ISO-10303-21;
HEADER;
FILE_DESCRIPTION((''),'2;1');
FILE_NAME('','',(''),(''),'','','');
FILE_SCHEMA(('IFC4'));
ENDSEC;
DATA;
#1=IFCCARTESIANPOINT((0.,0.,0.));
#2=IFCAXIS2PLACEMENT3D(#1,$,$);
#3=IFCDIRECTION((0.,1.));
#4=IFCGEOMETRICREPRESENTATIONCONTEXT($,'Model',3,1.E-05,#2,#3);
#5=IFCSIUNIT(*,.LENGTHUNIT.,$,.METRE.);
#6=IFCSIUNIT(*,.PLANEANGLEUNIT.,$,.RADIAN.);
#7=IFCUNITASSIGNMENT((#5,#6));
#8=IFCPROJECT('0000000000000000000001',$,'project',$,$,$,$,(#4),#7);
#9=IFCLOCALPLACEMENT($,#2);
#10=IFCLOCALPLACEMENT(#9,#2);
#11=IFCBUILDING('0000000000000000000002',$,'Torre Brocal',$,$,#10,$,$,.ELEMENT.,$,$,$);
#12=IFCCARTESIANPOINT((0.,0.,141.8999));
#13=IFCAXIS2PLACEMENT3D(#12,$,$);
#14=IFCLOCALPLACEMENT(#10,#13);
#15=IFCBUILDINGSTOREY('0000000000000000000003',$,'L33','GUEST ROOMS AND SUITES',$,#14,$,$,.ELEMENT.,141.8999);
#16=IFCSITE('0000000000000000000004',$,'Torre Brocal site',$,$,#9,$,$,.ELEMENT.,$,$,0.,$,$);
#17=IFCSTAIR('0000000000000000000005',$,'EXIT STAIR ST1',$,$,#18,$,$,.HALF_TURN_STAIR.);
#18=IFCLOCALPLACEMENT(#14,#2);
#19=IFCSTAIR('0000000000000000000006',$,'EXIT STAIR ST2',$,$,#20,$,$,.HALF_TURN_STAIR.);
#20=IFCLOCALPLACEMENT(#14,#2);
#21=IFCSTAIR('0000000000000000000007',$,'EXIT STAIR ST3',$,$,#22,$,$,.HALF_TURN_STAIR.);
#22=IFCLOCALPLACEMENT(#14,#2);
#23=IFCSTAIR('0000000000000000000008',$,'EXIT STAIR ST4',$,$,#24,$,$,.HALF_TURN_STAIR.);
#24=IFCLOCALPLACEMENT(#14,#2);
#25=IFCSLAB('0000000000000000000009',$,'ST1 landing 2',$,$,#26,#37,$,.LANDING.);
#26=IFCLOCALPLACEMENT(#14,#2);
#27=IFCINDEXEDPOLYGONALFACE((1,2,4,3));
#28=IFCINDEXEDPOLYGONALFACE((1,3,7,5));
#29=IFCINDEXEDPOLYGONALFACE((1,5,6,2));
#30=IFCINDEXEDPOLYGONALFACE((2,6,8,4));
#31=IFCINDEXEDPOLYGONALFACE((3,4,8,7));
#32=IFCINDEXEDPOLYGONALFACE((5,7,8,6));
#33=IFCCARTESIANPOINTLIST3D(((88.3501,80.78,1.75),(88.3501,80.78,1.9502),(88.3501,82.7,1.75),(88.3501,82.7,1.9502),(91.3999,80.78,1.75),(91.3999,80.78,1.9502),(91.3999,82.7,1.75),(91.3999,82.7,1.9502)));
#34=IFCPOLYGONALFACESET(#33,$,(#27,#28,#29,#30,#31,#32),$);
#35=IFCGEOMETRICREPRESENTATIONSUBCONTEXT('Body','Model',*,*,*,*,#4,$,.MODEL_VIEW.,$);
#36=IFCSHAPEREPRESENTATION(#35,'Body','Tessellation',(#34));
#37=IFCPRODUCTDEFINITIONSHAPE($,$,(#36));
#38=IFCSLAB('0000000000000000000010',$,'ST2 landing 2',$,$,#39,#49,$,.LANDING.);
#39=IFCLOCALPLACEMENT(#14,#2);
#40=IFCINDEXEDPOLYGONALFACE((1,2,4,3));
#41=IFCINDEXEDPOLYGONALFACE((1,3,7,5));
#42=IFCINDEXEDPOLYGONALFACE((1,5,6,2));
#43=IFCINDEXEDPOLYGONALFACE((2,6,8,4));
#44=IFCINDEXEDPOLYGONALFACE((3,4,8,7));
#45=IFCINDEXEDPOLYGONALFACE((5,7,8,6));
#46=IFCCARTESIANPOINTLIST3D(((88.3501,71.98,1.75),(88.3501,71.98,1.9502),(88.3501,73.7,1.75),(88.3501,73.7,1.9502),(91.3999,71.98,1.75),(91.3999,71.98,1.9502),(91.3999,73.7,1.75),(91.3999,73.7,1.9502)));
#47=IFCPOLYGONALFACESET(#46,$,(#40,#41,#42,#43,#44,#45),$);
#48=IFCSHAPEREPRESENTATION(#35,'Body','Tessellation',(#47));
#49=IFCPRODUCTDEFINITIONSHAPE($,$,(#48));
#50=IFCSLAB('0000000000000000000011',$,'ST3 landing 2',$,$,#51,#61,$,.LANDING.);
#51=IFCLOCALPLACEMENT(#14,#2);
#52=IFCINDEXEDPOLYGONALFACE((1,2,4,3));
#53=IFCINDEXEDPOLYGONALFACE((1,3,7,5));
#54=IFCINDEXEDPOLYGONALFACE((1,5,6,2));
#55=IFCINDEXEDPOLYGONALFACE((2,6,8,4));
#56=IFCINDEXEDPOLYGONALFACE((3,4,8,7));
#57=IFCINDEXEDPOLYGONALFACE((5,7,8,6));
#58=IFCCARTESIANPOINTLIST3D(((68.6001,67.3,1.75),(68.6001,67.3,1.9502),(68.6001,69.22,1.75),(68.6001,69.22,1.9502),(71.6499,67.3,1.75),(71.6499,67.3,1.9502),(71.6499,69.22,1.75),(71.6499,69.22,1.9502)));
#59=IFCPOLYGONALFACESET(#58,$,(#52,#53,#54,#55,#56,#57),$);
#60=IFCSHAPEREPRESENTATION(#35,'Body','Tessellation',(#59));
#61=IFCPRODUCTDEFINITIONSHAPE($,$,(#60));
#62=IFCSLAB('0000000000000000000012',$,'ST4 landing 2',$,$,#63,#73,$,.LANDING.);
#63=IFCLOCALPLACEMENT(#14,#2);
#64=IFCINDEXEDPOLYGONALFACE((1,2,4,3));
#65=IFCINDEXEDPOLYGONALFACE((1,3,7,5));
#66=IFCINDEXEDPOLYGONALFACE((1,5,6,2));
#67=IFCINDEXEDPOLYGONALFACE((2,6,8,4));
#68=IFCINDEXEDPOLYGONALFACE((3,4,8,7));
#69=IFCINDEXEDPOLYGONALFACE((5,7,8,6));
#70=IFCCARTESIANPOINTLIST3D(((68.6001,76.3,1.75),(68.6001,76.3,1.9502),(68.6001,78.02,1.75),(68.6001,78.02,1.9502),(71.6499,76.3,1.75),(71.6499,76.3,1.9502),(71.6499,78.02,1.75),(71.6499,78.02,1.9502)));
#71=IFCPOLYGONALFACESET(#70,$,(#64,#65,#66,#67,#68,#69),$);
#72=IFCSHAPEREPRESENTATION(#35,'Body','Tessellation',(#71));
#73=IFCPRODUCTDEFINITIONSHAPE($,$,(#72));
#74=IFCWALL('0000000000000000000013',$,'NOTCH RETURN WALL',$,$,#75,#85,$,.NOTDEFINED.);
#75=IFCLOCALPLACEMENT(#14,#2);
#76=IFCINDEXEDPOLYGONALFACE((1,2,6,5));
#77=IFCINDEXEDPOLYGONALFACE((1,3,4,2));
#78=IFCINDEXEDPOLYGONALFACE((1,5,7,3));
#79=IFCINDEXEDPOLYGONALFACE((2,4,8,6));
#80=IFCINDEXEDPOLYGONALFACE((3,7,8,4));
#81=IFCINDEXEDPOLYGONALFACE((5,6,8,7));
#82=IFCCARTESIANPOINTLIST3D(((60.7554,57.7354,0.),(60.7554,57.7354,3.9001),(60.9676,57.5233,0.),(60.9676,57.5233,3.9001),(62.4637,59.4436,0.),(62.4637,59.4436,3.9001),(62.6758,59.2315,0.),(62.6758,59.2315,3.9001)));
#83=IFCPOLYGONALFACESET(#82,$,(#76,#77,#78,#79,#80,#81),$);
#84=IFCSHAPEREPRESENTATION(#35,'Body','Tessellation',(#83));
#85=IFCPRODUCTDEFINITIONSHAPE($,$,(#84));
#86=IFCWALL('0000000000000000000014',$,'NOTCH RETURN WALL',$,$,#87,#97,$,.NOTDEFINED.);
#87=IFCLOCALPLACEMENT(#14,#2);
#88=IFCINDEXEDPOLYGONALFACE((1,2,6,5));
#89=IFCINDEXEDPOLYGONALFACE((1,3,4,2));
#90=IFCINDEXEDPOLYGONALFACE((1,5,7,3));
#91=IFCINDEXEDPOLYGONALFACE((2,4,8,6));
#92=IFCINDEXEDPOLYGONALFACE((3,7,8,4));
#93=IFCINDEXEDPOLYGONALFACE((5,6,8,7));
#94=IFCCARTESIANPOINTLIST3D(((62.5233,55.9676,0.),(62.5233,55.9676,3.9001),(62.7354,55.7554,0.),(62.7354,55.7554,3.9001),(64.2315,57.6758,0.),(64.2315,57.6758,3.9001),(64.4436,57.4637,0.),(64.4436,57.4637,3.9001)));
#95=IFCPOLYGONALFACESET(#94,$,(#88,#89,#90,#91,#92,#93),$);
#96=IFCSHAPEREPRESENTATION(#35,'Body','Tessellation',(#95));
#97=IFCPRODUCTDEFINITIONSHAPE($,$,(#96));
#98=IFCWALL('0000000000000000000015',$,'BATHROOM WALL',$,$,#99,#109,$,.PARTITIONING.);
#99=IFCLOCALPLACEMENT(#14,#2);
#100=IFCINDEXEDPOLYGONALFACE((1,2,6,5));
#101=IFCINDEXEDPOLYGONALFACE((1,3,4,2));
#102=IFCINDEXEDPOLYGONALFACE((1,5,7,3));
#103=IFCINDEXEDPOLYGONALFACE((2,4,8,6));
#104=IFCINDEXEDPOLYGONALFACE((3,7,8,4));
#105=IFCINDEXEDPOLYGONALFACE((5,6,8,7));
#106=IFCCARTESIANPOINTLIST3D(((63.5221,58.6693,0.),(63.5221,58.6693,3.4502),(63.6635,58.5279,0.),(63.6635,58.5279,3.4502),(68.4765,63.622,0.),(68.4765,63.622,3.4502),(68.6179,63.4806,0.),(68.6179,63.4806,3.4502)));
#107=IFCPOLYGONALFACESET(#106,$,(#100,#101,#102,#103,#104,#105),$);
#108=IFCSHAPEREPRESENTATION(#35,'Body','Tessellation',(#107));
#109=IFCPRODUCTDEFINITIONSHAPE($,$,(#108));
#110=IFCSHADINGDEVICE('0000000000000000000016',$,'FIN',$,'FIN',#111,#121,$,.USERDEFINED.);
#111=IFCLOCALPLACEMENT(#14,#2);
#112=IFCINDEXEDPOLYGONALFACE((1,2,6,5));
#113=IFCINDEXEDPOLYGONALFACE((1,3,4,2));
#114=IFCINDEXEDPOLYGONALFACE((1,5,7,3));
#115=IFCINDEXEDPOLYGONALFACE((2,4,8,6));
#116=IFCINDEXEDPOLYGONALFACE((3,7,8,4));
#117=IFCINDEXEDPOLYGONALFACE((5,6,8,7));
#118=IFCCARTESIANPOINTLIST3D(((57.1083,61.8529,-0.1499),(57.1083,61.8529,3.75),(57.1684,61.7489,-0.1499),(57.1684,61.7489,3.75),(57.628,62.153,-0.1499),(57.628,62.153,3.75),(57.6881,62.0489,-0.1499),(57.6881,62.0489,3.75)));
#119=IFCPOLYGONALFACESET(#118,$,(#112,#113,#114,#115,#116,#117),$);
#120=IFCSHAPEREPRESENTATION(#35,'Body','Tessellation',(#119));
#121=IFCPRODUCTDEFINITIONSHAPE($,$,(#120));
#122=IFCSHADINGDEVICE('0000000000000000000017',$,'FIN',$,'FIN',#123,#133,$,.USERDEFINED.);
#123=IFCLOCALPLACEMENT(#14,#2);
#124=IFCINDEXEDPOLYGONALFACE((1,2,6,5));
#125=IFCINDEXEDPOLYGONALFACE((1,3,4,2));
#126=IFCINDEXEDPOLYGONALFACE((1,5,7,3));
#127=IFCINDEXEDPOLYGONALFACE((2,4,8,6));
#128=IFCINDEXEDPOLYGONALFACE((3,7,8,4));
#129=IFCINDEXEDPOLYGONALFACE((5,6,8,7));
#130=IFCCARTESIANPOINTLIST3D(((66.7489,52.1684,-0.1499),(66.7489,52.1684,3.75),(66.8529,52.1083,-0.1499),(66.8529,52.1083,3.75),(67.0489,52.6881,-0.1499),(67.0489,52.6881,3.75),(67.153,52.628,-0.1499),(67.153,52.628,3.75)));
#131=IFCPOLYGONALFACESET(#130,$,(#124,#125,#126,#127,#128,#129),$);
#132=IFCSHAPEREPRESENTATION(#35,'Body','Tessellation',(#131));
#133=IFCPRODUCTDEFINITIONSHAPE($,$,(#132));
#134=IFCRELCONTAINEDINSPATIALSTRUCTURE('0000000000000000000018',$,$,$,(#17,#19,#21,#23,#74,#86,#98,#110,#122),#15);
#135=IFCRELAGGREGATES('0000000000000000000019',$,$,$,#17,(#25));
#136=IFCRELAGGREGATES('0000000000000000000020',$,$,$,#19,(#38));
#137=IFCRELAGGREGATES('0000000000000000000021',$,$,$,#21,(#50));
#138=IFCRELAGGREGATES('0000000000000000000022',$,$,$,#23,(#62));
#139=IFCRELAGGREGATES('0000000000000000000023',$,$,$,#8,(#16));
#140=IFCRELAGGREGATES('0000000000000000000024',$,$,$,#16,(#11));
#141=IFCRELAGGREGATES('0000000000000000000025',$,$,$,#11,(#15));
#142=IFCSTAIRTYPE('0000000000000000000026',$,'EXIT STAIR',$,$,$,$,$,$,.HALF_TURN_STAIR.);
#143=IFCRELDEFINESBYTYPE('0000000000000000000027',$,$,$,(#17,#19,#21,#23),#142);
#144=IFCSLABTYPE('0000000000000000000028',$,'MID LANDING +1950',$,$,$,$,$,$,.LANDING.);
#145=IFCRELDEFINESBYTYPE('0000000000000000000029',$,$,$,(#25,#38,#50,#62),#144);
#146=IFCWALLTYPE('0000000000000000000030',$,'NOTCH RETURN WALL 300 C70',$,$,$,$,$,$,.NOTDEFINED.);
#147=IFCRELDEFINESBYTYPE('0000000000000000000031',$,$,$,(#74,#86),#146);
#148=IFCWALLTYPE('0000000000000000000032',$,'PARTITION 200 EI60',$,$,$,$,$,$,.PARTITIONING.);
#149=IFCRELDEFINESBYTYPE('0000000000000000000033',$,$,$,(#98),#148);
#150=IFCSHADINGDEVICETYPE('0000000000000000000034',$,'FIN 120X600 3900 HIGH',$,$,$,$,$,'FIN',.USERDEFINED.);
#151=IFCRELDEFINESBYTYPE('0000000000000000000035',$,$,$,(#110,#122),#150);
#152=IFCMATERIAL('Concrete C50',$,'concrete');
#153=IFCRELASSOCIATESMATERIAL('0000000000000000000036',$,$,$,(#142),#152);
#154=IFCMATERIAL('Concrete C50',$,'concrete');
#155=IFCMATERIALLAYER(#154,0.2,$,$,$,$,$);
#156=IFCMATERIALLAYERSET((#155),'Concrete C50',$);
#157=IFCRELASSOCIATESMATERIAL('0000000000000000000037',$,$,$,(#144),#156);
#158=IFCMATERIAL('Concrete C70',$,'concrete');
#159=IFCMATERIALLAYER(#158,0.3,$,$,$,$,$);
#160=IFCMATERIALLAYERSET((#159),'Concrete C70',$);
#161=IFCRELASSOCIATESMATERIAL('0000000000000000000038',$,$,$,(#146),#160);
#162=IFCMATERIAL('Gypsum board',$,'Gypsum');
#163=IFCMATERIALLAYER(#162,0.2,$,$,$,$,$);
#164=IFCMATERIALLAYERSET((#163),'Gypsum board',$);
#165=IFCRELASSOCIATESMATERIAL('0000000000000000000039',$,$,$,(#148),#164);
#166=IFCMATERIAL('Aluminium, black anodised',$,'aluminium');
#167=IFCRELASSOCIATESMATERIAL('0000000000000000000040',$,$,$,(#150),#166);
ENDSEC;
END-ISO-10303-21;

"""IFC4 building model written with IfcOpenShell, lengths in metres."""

from ifc_helpers import new_model, si_unit, direction, frame, frame_2d, origin, origin_2d, place, context, subcontext, project, spatial, polyline, rectangle, outline, extrude, material, layer, layer_set, material_profile, profile_set, type_object, element, aggregate, save


model = new_model("IFC4")

# Units and contexts
model_context = context("Model", 3, precision=1e-05, world=origin(), true_north=direction((0.0, 1.0)))
body_context = subcontext(model_context, "Body", "Model", "MODEL_VIEW")
ifc_project = project(units=[si_unit("LENGTHUNIT", "METRE"), si_unit("PLANEANGLEUNIT", "RADIAN")], contexts=[model_context])

# Site, building, storey
site_placement = place(None, origin())
site = spatial("IfcSite", under=ifc_project, at=site_placement, Name="Torre Brocal site", CompositionType="ELEMENT", RefElevation=0.0)
building_placement = place(site_placement, origin())
building = spatial("IfcBuilding", under=site, at=building_placement, Name="Torre Brocal", CompositionType="ELEMENT")
storey_placement = place(building_placement, frame((0.0, 0.0, 141.8999)))
storey = spatial("IfcBuildingStorey", under=building, at=storey_placement, Name="L33", Description="GUEST ROOMS AND SUITES", CompositionType="ELEMENT", Elevation=141.8999)

# Stairs
ifc_material_1 = material(Name="Concrete C50", Category="concrete")
stair_type = type_object("IfcStairType", Name="EXIT STAIR", PredefinedType="HALF_TURN_STAIR", material=ifc_material_1)
stair_1_placement = place(storey_placement, origin())
stair_1 = element("IfcStair", 1, at=stair_1_placement, inside=storey, type_object=stair_type, Name="EXIT STAIR ST1", PredefinedType="HALF_TURN_STAIR")
stair_2_placement = place(storey_placement, origin())
stair_2 = element("IfcStair", 2, at=stair_2_placement, inside=storey, type_object=stair_type, Name="EXIT STAIR ST2", PredefinedType="HALF_TURN_STAIR")
stair_3_placement = place(storey_placement, origin())
stair_3 = element("IfcStair", 3, at=stair_3_placement, inside=storey, type_object=stair_type, Name="EXIT STAIR ST3", PredefinedType="HALF_TURN_STAIR")
stair_4_placement = place(storey_placement, origin())
stair_4 = element("IfcStair", 4, at=stair_4_placement, inside=storey, type_object=stair_type, Name="EXIT STAIR ST4", PredefinedType="HALF_TURN_STAIR")

# Slabs
ifc_material_2 = material(Name="Concrete C50", Category="concrete")
ifc_layer_1 = layer(ifc_material_2, 0.2)
ifc_layer_set_1 = layer_set([ifc_layer_1], Name="Concrete C50")
slab_type_1 = type_object("IfcSlabType", Name="MID LANDING +1950", PredefinedType="LANDING", material=ifc_layer_set_1)
slab_1_placement = place(storey_placement, frame((0.0, 0.0, 1.75)))
slab_1 = element("IfcSlab", 5, at=slab_1_placement, type_object=slab_type_1, Name="ST1 landing 2", PredefinedType="LANDING", context=body_context, shape_type="SweptSolid", body=[
    extrude(outline(polyline([(88.3501, 80.78), (91.3999, 80.78), (91.3999, 82.7), (88.3501, 82.7), (88.3501, 80.78)])), origin(), (0.0, 0.0, 1.0), 0.2002),
])
aggregate(stair_1, [slab_1])
slab_2_placement = place(storey_placement, frame((0.0, 0.0, 1.75)))
slab_2 = element("IfcSlab", 6, at=slab_2_placement, type_object=slab_type_1, Name="ST2 landing 2", PredefinedType="LANDING", context=body_context, shape_type="SweptSolid", body=[
    extrude(outline(polyline([(88.3501, 71.98), (91.3999, 71.98), (91.3999, 73.7), (88.3501, 73.7), (88.3501, 71.98)])), origin(), (0.0, 0.0, 1.0), 0.2002),
])
aggregate(stair_2, [slab_2])
slab_3_placement = place(storey_placement, frame((0.0, 0.0, 1.75)))
slab_3 = element("IfcSlab", 7, at=slab_3_placement, type_object=slab_type_1, Name="ST3 landing 2", PredefinedType="LANDING", context=body_context, shape_type="SweptSolid", body=[
    extrude(outline(polyline([(71.6499, 69.22), (68.6001, 69.22), (68.6001, 67.3), (71.6499, 67.3), (71.6499, 69.22)])), origin(), (0.0, 0.0, 1.0), 0.2002),
])
aggregate(stair_3, [slab_3])
slab_4_placement = place(storey_placement, frame((0.0, 0.0, 1.75)))
slab_4 = element("IfcSlab", 8, at=slab_4_placement, type_object=slab_type_1, Name="ST4 landing 2", PredefinedType="LANDING", context=body_context, shape_type="SweptSolid", body=[
    extrude(outline(polyline([(71.6499, 78.02), (68.6001, 78.02), (68.6001, 76.3), (71.6499, 76.3), (71.6499, 78.02)])), origin(), (0.0, 0.0, 1.0), 0.2002),
])
aggregate(stair_4, [slab_4])

# Walls
ifc_material_3 = material(Name="Concrete C70", Category="concrete")
ifc_layer_2 = layer(ifc_material_3, 0.3)
ifc_layer_set_2 = layer_set([ifc_layer_2], Name="Concrete C70")
wall_type_1 = type_object("IfcWallType", Name="NOTCH RETURN WALL 300 C70", PredefinedType="NOTDEFINED", material=ifc_layer_set_2)
for number, where, z_axis, x_axis, name in (
    (9, (62.5698, 59.3376, 0.0), (0.0, 0.0, 1.0), (-0.707107, -0.707107, 0.0), "NOTCH RETURN WALL"),
    (10, (64.3376, 57.5698, 0.0), (0.0, 0.0, 1.0), (-0.707107, -0.707107, 0.0), "NOTCH RETURN WALL"),
):
    element("IfcWall", number, at=place(storey_placement, frame(where, z_axis=z_axis, x_axis=x_axis)), inside=storey, type_object=wall_type_1, Name=name, PredefinedType="NOTDEFINED", context=body_context, shape_type="SweptSolid", body=[
        extrude(rectangle(XDim=2.4158, YDim=0.3, at=frame_2d((1.208, 0.0))), origin(), (0.0, 0.0, 1.0), 3.9001),
    ])
ifc_material_4 = material(Name="Gypsum board", Category="Gypsum")
ifc_layer_3 = layer(ifc_material_4, 0.2)
ifc_layer_set_3 = layer_set([ifc_layer_3], Name="Gypsum board")
wall_type_2 = type_object("IfcWallType", Name="PARTITION 200 EI60", PredefinedType="PARTITIONING", material=ifc_layer_set_3)
wall_placement = place(storey_placement, frame((63.5928, 58.5986, 0.0), z_axis=(0.0, 0.0, 1.0), x_axis=(0.707229, 0.706985, 0.0)))
element("IfcWall", 11, at=wall_placement, inside=storey, type_object=wall_type_2, Name="BATHROOM WALL", PredefinedType="PARTITIONING", context=body_context, shape_type="SweptSolid", body=[
    extrude(rectangle(XDim=7.0054, YDim=0.2, at=frame_2d((3.5027, 0.0))), origin(), (0.0, 0.0, 1.0), 3.4502),
])

# Shading devices
ifc_material_5 = material(Name="Aluminium, black anodised", Category="aluminium")
ifc_material_profile_1 = material_profile(ifc_material_5, rectangle(XDim=0.1201, YDim=0.6001, at=origin_2d()), Name="FIN 120X600 3900 HIGH")
ifc_profile_set_1 = profile_set([ifc_material_profile_1], Name="Aluminium, black anodised")
shading_device_type = type_object("IfcShadingDeviceType", Name="FIN 120X600 3900 HIGH", ElementType="FIN", PredefinedType="USERDEFINED", material=ifc_profile_set_1)
for number, where, z_axis, x_axis, name in (
    (12, (57.3982, 61.9509, -0.1499), (0.0, 0.0, 1.0), (0.5, -0.866025, 0.0), "FIN"),
    (13, (66.9509, 52.3982, -0.1499), (0.0, 0.0, 1.0), (0.866025, -0.5, 0.0), "FIN"),
):
    element("IfcShadingDevice", number, at=place(storey_placement, frame(where, z_axis=z_axis, x_axis=x_axis)), inside=storey, type_object=shading_device_type, Name=name, ObjectType="FIN", PredefinedType="USERDEFINED", context=body_context, shape_type="SweptSolid", body=[
        extrude(rectangle(XDim=0.1201, YDim=0.6001, at=origin_2d()), origin(), (0.0, 0.0, 1.0), 3.8999),
    ])

save(model, "model.ifc")
